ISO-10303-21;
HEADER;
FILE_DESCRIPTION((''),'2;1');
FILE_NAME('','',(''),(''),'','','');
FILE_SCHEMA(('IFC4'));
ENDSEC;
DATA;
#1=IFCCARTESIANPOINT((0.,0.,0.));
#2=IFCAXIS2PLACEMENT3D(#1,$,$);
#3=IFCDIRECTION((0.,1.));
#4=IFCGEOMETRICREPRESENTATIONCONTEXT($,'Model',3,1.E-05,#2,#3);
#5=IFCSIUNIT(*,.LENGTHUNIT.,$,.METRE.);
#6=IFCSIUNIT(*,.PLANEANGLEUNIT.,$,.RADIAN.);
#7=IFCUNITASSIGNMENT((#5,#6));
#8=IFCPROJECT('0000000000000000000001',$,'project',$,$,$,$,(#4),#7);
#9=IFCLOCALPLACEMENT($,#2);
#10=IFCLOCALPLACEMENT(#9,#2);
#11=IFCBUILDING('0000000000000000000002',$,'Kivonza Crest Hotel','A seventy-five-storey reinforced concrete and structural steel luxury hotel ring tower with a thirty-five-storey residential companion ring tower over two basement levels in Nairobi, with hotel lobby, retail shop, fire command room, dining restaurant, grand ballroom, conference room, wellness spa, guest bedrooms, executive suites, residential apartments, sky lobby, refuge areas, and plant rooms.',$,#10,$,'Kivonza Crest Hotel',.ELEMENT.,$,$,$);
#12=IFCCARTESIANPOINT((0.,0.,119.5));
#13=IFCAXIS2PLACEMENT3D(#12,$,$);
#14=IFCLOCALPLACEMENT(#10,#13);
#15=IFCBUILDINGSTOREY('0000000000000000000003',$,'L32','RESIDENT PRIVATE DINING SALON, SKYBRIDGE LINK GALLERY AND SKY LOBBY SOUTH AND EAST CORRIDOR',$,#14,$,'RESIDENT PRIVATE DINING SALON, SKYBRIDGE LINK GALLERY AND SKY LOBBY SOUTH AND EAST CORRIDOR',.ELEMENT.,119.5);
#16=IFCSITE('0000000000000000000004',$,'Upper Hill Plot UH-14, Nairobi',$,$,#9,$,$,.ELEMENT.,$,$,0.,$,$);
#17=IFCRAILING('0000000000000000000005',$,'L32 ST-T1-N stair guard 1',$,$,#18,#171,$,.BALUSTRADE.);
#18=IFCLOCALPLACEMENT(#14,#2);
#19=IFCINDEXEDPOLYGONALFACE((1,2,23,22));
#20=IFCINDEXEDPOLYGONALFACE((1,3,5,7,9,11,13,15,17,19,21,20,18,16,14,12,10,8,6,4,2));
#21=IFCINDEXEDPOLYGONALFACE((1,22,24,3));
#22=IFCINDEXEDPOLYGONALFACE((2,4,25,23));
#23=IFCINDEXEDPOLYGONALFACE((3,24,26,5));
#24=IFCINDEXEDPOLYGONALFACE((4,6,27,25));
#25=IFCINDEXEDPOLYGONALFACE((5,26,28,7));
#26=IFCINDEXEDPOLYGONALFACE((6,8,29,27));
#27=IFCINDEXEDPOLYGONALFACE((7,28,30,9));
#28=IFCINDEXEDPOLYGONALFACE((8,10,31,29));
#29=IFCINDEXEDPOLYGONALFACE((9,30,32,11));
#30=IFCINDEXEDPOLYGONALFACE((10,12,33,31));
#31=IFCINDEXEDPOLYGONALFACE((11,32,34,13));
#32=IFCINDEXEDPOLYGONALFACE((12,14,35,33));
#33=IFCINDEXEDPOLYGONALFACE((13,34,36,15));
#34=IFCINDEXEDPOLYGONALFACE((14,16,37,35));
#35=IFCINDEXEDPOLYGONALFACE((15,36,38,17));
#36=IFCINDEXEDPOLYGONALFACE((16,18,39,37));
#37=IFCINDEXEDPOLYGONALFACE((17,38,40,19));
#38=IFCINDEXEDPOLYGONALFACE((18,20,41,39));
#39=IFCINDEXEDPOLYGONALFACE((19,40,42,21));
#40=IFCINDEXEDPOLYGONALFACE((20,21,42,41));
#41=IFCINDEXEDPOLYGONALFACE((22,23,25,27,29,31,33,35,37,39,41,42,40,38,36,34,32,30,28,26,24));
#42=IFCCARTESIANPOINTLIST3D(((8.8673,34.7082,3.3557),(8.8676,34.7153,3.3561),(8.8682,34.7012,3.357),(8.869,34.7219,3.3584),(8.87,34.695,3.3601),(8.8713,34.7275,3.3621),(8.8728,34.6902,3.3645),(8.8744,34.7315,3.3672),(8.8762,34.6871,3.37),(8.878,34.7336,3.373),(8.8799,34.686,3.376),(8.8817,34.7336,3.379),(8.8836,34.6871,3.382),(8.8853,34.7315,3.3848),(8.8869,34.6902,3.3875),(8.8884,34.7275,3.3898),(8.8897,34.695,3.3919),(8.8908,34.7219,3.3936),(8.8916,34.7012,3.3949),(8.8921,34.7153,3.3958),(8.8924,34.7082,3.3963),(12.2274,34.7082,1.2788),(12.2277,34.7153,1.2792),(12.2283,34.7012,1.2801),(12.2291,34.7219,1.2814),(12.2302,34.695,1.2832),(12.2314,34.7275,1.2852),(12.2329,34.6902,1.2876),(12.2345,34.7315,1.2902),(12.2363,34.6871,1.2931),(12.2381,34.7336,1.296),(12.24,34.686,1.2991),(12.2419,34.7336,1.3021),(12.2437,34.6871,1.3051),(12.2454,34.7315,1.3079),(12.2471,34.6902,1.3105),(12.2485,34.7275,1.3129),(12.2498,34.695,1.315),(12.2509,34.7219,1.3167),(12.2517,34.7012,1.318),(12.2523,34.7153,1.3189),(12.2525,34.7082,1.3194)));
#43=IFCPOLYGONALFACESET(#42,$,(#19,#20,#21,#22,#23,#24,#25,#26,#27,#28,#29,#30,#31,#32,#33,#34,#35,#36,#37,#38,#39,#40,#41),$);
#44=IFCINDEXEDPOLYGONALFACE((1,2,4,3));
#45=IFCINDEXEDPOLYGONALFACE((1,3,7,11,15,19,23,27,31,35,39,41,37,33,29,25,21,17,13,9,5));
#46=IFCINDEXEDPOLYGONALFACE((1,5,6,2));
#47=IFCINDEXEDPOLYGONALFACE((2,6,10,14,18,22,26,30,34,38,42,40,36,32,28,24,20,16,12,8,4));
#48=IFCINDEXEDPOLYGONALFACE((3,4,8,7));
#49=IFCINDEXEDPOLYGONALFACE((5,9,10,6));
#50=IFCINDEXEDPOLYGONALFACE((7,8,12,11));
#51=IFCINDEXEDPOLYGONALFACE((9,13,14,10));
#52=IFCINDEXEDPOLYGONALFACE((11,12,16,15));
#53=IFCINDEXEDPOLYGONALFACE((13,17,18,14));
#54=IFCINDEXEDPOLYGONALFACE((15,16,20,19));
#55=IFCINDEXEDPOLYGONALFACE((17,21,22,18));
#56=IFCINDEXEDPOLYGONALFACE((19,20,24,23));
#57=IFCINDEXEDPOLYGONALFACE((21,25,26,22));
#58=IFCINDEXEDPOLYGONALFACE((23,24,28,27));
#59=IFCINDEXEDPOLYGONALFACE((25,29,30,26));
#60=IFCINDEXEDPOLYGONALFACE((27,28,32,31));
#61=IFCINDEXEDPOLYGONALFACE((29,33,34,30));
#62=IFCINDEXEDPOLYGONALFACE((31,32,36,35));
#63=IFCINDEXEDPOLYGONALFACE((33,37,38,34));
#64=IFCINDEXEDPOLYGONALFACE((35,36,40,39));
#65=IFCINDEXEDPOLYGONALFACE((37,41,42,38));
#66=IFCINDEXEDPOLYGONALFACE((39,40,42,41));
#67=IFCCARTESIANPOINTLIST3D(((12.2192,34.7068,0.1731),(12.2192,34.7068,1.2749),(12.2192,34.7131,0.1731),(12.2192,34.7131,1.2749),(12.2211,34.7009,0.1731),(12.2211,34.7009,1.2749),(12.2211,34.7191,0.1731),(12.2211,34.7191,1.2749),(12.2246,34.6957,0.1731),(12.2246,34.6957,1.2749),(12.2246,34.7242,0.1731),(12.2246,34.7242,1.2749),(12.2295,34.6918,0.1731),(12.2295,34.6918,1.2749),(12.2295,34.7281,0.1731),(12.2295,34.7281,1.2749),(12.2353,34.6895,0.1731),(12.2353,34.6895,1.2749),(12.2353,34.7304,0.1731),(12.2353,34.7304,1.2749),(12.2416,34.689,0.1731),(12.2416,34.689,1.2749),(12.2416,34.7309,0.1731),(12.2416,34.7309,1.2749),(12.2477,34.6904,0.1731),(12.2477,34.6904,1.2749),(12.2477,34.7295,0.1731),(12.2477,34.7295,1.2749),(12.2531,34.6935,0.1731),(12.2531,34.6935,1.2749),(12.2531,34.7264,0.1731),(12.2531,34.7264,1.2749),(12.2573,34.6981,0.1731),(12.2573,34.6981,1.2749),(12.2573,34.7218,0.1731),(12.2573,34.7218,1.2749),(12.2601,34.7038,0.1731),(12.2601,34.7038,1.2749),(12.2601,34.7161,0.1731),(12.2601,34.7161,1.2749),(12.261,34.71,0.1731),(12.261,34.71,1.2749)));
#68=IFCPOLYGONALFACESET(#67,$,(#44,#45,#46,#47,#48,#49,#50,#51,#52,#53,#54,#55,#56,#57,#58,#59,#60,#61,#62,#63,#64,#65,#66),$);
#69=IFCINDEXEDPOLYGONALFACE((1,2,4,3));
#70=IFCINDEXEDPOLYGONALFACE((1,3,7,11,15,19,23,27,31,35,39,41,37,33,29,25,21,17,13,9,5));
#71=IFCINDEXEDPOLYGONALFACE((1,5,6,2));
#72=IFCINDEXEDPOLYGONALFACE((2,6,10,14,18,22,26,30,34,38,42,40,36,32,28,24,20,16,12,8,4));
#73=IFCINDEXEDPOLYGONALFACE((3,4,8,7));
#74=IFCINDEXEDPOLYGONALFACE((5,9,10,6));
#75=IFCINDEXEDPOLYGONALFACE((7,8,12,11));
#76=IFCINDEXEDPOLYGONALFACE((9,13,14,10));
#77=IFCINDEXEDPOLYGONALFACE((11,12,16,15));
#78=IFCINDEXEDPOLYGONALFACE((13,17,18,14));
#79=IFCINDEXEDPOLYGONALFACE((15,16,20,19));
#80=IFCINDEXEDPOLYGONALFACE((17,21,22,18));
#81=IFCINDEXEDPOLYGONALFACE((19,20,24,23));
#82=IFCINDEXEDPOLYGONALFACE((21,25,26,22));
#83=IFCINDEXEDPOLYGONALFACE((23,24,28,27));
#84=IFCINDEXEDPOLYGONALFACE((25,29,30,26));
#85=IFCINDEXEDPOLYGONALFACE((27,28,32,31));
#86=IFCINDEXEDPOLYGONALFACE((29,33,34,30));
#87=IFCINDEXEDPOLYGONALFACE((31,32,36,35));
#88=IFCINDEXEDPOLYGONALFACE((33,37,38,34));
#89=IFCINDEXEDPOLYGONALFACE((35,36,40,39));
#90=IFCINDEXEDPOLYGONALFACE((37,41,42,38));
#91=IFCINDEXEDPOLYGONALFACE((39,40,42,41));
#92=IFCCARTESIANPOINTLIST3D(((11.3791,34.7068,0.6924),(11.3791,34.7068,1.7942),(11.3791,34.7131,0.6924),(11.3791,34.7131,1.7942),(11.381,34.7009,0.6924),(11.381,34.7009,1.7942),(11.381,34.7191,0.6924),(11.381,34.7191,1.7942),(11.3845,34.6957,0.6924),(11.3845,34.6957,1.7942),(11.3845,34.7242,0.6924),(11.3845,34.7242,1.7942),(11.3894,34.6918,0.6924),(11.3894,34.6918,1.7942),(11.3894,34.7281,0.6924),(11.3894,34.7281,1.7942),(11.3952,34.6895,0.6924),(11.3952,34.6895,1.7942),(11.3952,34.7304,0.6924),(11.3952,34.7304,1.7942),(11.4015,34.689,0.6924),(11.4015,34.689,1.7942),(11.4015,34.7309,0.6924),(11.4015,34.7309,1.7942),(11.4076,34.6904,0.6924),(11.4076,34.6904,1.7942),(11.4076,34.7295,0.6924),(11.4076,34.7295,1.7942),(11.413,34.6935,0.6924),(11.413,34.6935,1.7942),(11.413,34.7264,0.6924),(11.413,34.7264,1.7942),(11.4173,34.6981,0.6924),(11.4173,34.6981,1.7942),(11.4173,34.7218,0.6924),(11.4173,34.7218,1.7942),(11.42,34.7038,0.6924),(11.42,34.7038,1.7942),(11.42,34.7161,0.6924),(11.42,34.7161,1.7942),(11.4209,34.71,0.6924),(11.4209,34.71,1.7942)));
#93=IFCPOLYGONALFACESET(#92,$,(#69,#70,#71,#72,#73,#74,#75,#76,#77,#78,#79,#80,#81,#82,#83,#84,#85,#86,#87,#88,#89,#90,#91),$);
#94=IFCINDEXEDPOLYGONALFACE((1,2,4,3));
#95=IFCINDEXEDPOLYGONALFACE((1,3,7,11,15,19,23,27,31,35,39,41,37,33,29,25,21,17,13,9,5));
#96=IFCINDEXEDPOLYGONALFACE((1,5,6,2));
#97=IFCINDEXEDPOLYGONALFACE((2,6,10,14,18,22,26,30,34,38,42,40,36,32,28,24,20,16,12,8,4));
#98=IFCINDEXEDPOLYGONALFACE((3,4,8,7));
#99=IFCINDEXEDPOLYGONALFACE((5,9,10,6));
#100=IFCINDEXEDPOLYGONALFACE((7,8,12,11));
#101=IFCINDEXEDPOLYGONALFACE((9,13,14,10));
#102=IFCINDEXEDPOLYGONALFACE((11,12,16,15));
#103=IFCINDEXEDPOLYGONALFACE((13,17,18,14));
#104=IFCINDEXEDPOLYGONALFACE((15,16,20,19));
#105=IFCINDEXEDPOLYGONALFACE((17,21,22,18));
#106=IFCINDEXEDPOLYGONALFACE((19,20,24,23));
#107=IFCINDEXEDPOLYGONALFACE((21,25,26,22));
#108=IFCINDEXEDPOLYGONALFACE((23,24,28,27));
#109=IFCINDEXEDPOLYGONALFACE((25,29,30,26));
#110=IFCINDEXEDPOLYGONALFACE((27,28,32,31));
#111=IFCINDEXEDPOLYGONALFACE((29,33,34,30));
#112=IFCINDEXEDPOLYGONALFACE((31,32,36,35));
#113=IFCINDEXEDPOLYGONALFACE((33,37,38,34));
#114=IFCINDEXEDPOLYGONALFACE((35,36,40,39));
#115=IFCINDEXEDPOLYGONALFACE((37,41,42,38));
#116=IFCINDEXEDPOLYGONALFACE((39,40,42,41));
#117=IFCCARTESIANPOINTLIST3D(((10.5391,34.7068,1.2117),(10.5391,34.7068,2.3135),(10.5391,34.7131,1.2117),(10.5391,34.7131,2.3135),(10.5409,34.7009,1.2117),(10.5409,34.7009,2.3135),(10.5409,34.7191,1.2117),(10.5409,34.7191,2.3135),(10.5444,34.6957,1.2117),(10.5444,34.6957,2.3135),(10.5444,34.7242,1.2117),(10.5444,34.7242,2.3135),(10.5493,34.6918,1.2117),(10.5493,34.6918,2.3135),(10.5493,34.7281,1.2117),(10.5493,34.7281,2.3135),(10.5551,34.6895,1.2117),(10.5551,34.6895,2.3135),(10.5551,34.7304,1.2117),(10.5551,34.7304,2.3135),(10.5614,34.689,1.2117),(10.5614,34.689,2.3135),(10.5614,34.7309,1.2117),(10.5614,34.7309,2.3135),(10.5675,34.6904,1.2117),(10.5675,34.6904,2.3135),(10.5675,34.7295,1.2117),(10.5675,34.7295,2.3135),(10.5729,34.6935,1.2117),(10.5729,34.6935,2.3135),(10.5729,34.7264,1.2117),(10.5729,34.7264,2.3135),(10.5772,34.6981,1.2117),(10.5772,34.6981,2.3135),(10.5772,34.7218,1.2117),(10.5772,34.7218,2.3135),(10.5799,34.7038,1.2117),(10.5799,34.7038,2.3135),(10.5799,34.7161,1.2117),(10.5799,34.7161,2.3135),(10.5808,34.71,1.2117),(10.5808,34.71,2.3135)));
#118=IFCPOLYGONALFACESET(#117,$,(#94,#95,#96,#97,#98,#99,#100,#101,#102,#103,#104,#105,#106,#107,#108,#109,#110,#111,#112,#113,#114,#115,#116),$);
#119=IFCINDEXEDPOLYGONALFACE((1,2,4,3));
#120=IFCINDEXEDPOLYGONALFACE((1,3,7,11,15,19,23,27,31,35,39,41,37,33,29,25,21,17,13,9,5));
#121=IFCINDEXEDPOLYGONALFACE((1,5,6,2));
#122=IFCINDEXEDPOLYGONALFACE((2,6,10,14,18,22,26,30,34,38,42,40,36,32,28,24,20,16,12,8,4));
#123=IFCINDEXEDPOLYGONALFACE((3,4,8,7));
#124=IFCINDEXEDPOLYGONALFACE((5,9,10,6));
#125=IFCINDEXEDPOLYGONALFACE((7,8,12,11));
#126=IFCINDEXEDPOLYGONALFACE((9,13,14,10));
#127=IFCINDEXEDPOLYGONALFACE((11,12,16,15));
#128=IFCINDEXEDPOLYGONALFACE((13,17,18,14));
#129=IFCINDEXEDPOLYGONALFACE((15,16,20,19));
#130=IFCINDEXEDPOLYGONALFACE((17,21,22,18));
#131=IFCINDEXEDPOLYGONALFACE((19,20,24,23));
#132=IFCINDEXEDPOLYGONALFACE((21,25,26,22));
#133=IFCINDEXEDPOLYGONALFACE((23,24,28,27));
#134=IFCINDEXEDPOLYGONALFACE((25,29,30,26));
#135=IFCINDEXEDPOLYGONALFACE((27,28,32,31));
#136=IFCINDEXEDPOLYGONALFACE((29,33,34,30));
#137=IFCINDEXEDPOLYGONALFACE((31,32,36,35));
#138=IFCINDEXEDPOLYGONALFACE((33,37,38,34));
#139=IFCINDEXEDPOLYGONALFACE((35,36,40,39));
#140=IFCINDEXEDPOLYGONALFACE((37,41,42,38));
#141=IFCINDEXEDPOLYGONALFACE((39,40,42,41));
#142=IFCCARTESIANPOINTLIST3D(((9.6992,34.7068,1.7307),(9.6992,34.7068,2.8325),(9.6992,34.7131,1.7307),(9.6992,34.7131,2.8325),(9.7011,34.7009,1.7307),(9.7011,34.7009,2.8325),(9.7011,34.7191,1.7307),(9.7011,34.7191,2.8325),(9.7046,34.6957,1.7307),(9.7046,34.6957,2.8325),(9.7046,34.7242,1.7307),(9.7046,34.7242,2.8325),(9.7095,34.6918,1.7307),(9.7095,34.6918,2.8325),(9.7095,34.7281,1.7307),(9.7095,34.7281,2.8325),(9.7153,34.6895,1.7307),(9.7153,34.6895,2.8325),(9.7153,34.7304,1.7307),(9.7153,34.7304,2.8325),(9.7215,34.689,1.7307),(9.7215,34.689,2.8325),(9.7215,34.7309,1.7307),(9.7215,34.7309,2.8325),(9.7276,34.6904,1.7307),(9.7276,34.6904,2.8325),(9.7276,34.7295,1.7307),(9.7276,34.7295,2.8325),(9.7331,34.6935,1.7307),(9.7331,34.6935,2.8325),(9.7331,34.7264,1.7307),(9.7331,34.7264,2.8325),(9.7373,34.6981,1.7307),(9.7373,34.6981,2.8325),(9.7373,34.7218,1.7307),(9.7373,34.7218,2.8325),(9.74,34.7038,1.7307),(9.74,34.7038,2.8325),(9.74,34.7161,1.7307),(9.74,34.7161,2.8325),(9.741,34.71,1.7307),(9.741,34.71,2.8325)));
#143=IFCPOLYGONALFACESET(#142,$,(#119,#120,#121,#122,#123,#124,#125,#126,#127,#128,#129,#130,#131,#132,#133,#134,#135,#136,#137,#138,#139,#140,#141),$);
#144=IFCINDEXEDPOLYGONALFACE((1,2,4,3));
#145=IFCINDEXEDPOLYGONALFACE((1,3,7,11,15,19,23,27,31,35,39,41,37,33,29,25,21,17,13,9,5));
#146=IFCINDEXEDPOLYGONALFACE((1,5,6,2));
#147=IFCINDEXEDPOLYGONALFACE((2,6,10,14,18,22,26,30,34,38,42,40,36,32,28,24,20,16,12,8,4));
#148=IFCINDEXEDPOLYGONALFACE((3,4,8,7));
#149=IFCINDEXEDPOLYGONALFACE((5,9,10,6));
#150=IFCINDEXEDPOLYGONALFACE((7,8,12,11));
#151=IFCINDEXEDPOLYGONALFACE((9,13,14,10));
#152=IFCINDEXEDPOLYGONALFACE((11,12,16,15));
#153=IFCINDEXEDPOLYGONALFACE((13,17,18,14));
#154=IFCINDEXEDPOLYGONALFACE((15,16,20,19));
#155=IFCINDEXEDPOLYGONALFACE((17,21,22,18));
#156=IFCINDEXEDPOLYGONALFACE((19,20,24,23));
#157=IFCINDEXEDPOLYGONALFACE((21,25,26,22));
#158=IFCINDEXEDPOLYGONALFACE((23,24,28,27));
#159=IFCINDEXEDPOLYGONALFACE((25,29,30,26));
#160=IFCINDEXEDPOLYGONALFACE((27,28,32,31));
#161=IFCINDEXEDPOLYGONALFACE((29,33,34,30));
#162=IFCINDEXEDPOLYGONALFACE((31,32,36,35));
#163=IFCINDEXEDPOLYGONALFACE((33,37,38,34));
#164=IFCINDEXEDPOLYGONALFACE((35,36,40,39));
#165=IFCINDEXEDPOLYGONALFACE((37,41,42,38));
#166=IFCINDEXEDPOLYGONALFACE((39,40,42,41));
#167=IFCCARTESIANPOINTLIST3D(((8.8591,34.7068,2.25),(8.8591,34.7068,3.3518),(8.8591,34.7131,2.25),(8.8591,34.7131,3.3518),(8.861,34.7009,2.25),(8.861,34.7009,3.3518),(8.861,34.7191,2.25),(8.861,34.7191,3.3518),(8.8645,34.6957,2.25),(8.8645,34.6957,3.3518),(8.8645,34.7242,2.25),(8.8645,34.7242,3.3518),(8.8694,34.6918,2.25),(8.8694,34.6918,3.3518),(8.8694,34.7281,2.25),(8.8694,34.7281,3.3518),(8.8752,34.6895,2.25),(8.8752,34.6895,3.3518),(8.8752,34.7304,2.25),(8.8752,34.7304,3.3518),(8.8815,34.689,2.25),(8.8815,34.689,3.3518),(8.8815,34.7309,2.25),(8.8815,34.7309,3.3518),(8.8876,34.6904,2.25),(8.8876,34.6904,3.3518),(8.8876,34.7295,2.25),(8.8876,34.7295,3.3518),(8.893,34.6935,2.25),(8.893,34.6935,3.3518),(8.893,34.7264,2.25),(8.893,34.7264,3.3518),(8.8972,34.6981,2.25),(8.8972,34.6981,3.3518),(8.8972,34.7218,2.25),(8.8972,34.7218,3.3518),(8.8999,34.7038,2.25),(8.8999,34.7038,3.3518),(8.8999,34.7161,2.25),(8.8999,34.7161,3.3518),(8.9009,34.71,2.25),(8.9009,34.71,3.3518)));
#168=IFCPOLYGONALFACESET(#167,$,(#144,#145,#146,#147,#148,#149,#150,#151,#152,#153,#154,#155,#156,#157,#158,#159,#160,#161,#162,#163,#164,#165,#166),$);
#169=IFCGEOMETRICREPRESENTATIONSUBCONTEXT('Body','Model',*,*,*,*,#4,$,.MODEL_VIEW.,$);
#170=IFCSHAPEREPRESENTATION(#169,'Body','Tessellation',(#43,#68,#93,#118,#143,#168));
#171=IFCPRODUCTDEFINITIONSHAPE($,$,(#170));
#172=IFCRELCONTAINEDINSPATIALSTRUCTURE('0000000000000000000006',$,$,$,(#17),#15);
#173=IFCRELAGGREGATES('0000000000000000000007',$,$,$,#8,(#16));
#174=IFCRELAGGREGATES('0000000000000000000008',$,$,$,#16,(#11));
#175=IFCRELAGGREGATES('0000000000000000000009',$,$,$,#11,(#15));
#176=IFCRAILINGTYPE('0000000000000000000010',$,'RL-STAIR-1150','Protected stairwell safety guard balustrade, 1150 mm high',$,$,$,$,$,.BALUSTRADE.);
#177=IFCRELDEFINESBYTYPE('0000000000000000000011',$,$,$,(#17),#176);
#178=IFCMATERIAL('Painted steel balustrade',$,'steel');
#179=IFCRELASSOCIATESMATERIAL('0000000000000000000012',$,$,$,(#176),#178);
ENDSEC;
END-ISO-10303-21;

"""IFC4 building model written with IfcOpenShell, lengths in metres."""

from ifc_helpers import new_model, si_unit, direction, frame, origin, origin_2d, place, context, subcontext, project, spatial, circle, extrude, material, type_object, element, save


model = new_model("IFC4")

# Units and contexts
model_context = context("Model", 3, precision=1e-05, world=origin(), true_north=direction((0.0, 1.0)))
body_context = subcontext(model_context, "Body", "Model", "MODEL_VIEW")
ifc_project = project(units=[si_unit("LENGTHUNIT", "METRE"), si_unit("PLANEANGLEUNIT", "RADIAN")], contexts=[model_context])

# Site, building, storey
site_placement = place(None, origin())
site = spatial("IfcSite", under=ifc_project, at=site_placement, Name="Upper Hill Plot UH-14, Nairobi", CompositionType="ELEMENT", RefElevation=0.0)
building_placement = place(site_placement, origin())
building = spatial("IfcBuilding", under=site, at=building_placement, Name="Kivonza Crest Hotel", Description="A seventy-five-storey reinforced concrete and structural steel luxury hotel ring tower with a thirty-five-storey residential companion ring tower over two basement levels in Nairobi, with hotel lobby, retail shop, fire command room, dining restaurant, grand ballroom, conference room, wellness spa, guest bedrooms, executive suites, residential apartments, sky lobby, refuge areas, and plant rooms.", LongName="Kivonza Crest Hotel", CompositionType="ELEMENT")
storey_placement = place(building_placement, frame((0.0, 0.0, 119.5)))
storey = spatial("IfcBuildingStorey", under=building, at=storey_placement, Name="L32", Description="RESIDENT PRIVATE DINING SALON, SKYBRIDGE LINK GALLERY AND SKY LOBBY SOUTH AND EAST CORRIDOR", LongName="RESIDENT PRIVATE DINING SALON, SKYBRIDGE LINK GALLERY AND SKY LOBBY SOUTH AND EAST CORRIDOR", CompositionType="ELEMENT", Elevation=119.5)

# Railing
ifc_material_1 = material(Name="Painted steel balustrade", Category="steel")
railing_type_1 = type_object("IfcRailingType", Name="RL-STAIR-1150", Description="Protected stairwell safety guard balustrade, 1150 mm high", PredefinedType="BALUSTRADE", material=ifc_material_1)
railing_1_placement = place(storey_placement, frame((12.24, 34.71, 0.1731)))
element("IfcRailing", 1, at=railing_1_placement, inside=storey, type_object=railing_type_1, Name="L32 ST-T1-N stair guard 1", PredefinedType="BALUSTRADE", context=body_context, shape_type="SweptSolid", body=[
    extrude(circle(Radius=0.0239, at=origin_2d()), frame((0.0, 0.0, 1.126), z_axis=(-0.850623, 0.0, 0.525776), x_axis=(0.0, -1.0, 0.0)), (0.0, 0.0, 1.0), 3.9502),
    extrude(circle(Radius=0.021, at=origin_2d()), origin(), (0.0, 0.0, 1.0), 1.1018),
    extrude(circle(Radius=0.021, at=origin_2d()), frame((-0.8401, 0.0, 0.5193)), (0.0, 0.0, 1.0), 1.1018),
    extrude(circle(Radius=0.021, at=origin_2d()), frame((-1.6802, 0.0, 1.0386)), (0.0, 0.0, 1.0), 1.1018),
    extrude(circle(Radius=0.021, at=origin_2d()), frame((-2.52, 0.0, 1.5576)), (0.0, 0.0, 1.0), 1.1018),
    extrude(circle(Radius=0.021, at=origin_2d()), frame((-3.3601, 0.0, 2.0769)), (0.0, 0.0, 1.0), 1.1018),
])

save(model, "model.ifc")
